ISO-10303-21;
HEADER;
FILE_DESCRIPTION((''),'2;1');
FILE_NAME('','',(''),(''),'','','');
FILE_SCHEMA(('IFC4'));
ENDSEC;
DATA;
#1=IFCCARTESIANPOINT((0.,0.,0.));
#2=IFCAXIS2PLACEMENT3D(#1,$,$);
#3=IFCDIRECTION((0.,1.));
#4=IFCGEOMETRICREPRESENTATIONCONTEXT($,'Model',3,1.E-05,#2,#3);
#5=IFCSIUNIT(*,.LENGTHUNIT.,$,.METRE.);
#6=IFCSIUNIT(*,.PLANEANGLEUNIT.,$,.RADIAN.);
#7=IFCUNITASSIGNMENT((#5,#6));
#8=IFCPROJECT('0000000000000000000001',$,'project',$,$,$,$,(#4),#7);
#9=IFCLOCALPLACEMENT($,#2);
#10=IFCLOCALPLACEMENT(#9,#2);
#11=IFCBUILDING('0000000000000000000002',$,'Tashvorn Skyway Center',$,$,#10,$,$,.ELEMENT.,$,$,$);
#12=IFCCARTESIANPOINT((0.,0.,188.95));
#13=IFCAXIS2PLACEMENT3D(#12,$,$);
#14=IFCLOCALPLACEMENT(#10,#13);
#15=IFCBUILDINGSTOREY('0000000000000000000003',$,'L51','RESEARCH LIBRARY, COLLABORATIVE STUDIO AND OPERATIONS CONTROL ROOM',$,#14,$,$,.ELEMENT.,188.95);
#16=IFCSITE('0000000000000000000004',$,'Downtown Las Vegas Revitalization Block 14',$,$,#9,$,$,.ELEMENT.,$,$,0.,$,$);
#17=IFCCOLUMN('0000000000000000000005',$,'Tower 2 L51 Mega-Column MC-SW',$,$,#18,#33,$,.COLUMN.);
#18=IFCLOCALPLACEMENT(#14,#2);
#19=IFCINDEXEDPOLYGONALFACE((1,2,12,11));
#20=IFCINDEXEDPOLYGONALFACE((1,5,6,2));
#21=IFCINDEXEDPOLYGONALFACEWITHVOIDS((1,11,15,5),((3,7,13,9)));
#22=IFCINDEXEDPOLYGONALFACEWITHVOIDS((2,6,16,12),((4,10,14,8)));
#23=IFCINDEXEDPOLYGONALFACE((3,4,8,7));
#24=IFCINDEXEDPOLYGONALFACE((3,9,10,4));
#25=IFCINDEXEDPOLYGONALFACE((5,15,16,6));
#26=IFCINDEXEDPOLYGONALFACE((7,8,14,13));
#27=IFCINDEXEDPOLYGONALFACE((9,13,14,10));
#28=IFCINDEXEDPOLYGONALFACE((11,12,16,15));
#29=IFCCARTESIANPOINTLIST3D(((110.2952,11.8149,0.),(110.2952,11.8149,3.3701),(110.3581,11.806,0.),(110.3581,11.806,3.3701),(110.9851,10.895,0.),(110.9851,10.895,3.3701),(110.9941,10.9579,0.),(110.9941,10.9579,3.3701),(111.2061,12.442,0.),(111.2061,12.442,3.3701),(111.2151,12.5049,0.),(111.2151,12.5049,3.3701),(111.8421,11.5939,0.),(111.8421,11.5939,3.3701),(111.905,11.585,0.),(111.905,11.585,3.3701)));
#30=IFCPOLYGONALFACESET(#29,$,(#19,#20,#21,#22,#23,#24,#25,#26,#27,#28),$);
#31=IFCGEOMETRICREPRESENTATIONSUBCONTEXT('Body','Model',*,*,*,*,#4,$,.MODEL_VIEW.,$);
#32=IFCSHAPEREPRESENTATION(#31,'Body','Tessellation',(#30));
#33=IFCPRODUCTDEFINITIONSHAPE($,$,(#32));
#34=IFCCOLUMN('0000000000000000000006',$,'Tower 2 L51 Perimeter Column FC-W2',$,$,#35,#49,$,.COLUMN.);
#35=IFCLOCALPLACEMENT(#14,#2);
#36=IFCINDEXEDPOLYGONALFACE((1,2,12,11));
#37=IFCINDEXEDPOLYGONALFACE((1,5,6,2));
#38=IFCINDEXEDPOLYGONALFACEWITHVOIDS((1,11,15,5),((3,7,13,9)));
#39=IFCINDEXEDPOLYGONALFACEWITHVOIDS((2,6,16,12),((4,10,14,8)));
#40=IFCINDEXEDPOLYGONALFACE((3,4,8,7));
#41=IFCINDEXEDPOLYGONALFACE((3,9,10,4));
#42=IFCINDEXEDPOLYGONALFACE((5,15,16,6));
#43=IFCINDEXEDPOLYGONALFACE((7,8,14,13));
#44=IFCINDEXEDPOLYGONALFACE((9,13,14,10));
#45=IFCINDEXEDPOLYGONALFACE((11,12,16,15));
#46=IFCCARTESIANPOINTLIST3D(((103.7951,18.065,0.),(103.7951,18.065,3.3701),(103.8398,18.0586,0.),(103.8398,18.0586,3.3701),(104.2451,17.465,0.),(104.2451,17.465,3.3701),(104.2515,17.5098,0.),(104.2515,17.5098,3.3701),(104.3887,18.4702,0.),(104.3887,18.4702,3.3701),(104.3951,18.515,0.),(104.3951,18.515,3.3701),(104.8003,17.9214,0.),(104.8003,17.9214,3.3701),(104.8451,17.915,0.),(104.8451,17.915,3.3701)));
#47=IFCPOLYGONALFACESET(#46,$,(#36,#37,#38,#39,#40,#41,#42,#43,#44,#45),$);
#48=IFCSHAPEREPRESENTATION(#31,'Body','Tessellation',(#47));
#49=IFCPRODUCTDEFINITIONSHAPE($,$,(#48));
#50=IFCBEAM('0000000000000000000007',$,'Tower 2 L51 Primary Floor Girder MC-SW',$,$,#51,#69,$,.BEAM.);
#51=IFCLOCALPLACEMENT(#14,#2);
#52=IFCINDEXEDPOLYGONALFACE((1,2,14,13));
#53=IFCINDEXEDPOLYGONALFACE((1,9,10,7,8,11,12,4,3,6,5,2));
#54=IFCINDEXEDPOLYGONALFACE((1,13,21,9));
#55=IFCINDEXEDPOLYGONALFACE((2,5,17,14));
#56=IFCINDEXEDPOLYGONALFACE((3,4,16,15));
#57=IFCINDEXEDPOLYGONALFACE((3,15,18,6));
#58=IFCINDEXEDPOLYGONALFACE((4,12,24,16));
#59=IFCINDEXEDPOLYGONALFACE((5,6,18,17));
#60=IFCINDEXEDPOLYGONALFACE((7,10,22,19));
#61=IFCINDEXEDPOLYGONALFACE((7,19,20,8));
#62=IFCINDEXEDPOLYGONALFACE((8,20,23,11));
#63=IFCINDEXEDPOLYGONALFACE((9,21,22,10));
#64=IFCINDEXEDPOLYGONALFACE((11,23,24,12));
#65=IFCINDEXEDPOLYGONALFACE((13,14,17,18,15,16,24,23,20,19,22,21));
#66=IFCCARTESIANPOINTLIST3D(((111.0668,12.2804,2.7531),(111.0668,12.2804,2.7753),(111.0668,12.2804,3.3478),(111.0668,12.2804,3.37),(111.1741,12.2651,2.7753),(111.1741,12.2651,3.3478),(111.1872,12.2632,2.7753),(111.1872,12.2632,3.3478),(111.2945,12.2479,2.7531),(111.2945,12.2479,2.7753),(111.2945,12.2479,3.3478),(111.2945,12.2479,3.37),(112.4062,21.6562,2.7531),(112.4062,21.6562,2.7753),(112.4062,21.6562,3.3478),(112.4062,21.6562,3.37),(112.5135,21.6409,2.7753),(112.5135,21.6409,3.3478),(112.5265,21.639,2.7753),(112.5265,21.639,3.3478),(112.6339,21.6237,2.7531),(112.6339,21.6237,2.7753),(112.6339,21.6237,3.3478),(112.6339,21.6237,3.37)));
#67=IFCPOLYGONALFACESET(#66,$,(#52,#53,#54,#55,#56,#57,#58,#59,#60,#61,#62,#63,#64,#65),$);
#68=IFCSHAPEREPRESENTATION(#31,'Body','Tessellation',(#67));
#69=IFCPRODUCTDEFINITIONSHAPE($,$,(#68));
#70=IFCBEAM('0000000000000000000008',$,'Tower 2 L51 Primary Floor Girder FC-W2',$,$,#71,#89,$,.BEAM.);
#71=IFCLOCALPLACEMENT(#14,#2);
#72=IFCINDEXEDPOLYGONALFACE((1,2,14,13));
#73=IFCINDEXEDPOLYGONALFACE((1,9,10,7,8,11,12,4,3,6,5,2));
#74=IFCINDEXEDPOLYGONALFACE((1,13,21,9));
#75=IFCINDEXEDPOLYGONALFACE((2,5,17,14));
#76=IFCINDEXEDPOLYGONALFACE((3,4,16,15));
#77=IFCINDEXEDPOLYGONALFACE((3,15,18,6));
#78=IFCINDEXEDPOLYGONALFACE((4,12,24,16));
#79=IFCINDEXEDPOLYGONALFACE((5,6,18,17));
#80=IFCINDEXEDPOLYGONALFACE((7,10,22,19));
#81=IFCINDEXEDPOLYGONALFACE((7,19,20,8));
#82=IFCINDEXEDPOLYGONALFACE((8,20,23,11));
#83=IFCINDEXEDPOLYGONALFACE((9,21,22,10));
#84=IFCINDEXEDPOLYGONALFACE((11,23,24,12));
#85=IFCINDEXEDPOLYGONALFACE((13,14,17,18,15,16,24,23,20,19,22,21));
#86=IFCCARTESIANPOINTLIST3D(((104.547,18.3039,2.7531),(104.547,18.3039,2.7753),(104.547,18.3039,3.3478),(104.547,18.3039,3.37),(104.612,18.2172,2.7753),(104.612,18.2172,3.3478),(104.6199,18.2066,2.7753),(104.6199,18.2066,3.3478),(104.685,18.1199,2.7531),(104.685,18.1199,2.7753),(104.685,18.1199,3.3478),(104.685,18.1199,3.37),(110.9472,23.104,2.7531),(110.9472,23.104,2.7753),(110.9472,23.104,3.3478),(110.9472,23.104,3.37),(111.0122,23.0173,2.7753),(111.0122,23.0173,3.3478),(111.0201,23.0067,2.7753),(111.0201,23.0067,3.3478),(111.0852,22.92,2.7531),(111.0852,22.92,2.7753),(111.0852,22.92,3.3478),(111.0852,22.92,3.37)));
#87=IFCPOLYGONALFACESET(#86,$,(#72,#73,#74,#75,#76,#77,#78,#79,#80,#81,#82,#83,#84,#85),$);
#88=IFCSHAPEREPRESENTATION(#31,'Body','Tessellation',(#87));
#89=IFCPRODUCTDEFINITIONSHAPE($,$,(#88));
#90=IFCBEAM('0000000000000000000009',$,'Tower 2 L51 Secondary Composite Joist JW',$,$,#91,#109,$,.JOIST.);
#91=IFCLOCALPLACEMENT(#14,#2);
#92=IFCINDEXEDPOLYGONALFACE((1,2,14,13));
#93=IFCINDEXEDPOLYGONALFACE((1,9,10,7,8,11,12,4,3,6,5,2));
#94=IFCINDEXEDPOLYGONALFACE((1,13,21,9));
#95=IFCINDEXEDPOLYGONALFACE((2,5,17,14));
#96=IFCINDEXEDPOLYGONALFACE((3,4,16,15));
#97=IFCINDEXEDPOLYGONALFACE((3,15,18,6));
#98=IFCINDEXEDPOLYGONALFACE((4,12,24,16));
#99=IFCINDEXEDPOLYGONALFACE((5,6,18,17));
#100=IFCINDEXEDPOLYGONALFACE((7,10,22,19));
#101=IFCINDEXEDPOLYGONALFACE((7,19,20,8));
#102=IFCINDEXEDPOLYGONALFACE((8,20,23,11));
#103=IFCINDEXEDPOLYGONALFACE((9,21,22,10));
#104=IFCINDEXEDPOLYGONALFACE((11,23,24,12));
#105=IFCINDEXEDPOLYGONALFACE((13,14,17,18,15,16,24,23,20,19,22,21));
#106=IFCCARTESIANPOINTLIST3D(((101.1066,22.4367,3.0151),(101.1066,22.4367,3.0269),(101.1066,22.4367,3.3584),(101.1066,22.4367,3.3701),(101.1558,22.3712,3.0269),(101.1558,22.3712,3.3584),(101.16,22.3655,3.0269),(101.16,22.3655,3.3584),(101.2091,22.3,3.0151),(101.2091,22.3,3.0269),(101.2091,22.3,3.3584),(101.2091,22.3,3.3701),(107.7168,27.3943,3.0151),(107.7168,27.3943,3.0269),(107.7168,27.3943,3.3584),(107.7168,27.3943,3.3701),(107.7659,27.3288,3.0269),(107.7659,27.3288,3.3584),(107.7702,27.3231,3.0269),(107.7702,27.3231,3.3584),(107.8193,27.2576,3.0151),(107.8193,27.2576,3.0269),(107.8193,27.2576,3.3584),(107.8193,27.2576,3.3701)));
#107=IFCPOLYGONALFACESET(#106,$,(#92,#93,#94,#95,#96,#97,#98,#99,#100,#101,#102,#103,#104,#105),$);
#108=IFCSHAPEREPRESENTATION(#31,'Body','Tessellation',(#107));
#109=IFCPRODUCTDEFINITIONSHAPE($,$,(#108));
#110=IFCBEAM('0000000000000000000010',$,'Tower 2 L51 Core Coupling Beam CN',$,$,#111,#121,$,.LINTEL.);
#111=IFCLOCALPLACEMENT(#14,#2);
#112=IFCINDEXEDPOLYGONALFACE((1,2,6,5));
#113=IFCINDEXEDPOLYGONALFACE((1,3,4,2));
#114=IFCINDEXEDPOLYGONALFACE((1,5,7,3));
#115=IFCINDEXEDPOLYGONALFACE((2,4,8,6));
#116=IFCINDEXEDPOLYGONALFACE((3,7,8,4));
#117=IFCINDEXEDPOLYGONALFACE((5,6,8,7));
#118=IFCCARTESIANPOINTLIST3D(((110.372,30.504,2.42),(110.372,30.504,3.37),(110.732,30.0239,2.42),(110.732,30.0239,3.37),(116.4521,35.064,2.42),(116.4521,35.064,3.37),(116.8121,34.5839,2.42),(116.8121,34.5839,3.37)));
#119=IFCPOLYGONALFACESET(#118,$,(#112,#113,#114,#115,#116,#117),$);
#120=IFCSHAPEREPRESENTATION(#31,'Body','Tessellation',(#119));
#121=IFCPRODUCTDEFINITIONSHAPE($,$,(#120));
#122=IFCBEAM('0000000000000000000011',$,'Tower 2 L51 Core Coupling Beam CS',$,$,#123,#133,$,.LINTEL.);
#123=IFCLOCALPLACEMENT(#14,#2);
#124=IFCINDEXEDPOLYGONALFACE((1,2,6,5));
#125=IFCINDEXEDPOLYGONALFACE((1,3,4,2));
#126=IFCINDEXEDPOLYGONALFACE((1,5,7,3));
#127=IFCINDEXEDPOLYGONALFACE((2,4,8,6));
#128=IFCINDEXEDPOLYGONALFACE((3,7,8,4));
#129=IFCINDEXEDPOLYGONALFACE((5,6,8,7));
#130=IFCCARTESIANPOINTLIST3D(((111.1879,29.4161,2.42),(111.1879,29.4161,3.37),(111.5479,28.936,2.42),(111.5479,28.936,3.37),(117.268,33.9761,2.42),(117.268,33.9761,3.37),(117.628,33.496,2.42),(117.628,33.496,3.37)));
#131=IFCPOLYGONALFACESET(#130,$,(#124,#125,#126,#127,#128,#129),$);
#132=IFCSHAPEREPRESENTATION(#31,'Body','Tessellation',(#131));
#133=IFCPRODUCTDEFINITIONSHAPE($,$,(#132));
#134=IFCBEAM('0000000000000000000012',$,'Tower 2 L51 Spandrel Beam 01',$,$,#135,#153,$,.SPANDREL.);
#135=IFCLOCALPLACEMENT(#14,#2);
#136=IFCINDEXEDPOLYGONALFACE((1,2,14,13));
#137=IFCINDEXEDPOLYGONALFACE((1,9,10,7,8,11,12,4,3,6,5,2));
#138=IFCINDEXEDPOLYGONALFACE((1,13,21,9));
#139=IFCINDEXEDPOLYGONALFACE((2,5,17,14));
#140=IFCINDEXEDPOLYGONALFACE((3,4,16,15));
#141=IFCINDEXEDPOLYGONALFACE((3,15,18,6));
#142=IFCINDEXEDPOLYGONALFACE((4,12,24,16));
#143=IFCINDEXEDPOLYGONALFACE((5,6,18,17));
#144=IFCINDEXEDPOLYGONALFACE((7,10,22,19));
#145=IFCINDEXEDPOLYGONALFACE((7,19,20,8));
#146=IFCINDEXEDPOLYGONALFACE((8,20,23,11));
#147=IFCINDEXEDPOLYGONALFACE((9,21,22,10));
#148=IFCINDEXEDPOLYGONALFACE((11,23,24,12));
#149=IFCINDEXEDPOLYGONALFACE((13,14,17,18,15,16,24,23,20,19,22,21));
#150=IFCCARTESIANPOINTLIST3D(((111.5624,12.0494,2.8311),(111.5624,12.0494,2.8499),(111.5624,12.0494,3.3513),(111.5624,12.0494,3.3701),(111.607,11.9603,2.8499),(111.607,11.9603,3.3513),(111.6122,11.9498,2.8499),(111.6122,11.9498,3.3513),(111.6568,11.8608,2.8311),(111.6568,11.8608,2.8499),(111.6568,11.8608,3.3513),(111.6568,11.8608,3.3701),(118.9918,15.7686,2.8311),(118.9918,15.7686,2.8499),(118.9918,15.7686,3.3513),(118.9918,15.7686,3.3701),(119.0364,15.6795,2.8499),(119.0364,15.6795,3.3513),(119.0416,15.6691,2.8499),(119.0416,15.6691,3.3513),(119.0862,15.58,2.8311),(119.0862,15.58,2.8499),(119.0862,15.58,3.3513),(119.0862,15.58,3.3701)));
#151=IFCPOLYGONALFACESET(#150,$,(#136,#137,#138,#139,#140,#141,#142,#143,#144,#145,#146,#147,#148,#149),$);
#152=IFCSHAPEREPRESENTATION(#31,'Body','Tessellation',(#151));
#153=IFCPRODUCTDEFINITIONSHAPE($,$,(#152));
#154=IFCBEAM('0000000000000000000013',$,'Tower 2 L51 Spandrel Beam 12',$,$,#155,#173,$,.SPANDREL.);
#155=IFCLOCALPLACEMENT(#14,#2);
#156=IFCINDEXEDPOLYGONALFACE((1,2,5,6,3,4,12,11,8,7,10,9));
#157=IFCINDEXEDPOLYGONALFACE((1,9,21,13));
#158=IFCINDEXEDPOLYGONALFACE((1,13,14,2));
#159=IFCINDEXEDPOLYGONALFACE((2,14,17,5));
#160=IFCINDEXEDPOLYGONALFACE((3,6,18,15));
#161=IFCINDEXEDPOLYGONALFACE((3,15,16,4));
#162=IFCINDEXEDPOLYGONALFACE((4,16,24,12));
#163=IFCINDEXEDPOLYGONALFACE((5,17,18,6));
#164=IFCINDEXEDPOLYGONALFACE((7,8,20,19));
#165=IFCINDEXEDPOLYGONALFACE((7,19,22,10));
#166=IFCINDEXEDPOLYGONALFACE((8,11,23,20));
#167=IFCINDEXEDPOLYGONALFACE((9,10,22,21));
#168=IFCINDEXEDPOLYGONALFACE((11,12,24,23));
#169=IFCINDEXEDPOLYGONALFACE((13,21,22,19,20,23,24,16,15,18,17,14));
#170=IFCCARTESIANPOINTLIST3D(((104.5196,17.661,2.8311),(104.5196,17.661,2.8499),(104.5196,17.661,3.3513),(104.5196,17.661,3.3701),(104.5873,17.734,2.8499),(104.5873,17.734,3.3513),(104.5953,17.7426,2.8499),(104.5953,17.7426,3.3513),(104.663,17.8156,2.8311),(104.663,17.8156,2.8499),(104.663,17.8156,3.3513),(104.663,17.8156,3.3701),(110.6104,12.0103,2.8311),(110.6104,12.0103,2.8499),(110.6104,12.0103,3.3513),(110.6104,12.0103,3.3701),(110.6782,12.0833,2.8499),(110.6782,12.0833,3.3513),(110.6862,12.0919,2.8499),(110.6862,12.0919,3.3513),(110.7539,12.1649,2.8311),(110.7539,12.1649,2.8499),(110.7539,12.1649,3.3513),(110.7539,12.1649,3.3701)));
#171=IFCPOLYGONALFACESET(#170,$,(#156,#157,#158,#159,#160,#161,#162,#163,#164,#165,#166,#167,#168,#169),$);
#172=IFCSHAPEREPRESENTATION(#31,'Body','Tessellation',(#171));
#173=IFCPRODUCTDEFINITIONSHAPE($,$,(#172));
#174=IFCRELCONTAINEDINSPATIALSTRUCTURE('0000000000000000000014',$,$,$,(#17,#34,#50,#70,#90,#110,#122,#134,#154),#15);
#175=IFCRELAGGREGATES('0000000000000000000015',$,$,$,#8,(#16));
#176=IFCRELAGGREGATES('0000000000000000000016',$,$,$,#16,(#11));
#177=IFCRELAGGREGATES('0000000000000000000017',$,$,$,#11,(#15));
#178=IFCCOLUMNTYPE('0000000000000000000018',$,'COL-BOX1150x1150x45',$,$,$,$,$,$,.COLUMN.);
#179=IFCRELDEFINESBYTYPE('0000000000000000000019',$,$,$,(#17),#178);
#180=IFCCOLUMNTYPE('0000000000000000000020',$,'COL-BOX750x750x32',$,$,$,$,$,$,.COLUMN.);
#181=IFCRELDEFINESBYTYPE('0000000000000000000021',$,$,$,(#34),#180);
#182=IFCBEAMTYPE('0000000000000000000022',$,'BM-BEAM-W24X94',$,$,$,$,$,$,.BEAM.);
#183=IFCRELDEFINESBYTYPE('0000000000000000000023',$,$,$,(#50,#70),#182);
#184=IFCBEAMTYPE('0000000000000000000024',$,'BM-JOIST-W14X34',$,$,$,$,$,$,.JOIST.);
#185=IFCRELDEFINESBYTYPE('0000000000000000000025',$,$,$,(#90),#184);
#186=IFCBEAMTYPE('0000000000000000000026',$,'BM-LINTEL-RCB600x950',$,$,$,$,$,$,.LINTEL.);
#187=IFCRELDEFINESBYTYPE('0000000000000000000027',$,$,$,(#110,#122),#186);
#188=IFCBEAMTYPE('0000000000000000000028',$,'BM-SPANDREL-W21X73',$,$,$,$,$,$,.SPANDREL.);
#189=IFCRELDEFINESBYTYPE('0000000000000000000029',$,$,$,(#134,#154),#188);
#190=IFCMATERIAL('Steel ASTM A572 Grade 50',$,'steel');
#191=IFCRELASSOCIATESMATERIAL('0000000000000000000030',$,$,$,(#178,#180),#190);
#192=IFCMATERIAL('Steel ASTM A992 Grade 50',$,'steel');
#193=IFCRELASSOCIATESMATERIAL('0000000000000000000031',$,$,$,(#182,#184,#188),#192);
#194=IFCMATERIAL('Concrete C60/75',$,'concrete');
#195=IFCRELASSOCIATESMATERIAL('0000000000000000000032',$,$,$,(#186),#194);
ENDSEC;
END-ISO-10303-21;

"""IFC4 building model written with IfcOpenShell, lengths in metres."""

from ifc_helpers import new_model, si_unit, direction, frame, origin, origin_2d, place, context, subcontext, project, spatial, rectangle, hollow_rectangle, i_section, extrude, material, material_profile, profile_set, type_object, element, save


model = new_model("IFC4")

# Units and contexts
model_context = context("Model", 3, precision=1e-05, world=origin(), true_north=direction((0.0, 1.0)))
body_context = subcontext(model_context, "Body", "Model", "MODEL_VIEW")
ifc_project = project(units=[si_unit("LENGTHUNIT", "METRE"), si_unit("PLANEANGLEUNIT", "RADIAN")], contexts=[model_context])

# Site, building, storey
site_placement = place(None, origin())
site = spatial("IfcSite", under=ifc_project, at=site_placement, Name="Downtown Las Vegas Revitalization Block 14", CompositionType="ELEMENT", RefElevation=0.0)
building_placement = place(site_placement, origin())
building = spatial("IfcBuilding", under=site, at=building_placement, Name="Tashvorn Skyway Center", CompositionType="ELEMENT")
storey_placement = place(building_placement, frame((0.0, 0.0, 188.95)))
storey = spatial("IfcBuildingStorey", under=building, at=storey_placement, Name="L51", Description="RESEARCH LIBRARY, COLLABORATIVE STUDIO AND OPERATIONS CONTROL ROOM", CompositionType="ELEMENT", Elevation=188.95)

# Columns
ifc_material_1 = material(Name="Steel ASTM A572 Grade 50", Category="steel")
ifc_material_profile_1 = material_profile(ifc_material_1, hollow_rectangle(XDim=1.1499, YDim=1.1499, WallThickness=0.0449, at=origin_2d()), Name="BOX1150x1150x45")
ifc_profile_set_1 = profile_set([ifc_material_profile_1], Name="Steel ASTM A572 Grade 50")
column_type_1 = type_object("IfcColumnType", Name="COL-BOX1150x1150x45", PredefinedType="COLUMN", material=ifc_profile_set_1)
column_1_placement = place(storey_placement, frame((111.1001, 11.7, 0.0), z_axis=(0.0, 0.0, 1.0), x_axis=(0.8, 0.6, 0.0)))
element("IfcColumn", 1, at=column_1_placement, inside=storey, type_object=column_type_1, Name="Tower 2 L51 Mega-Column MC-SW", PredefinedType="COLUMN", context=body_context, shape_type="SweptSolid", body=[
    extrude(hollow_rectangle(XDim=1.1499, YDim=1.1499, WallThickness=0.0449, at=origin_2d()), origin(), (0.0, 0.0, 1.0), 3.3701),
])
ifc_material_profile_2 = material_profile(ifc_material_1, hollow_rectangle(XDim=0.75, YDim=0.75, WallThickness=0.032, at=origin_2d()), Name="BOX750x750x32")
ifc_profile_set_2 = profile_set([ifc_material_profile_2], Name="Steel ASTM A572 Grade 50")
column_type_2 = type_object("IfcColumnType", Name="COL-BOX750x750x32", PredefinedType="COLUMN", material=ifc_profile_set_2)
column_2_placement = place(storey_placement, frame((104.3201, 17.99, 0.0), z_axis=(0.0, 0.0, 1.0), x_axis=(0.8, 0.6, 0.0)))
element("IfcColumn", 2, at=column_2_placement, inside=storey, type_object=column_type_2, Name="Tower 2 L51 Perimeter Column FC-W2", PredefinedType="COLUMN", context=body_context, shape_type="SweptSolid", body=[
    extrude(hollow_rectangle(XDim=0.75, YDim=0.75, WallThickness=0.032, at=origin_2d()), origin(), (0.0, 0.0, 1.0), 3.3701),
])

# Beams
ifc_material_2 = material(Name="Steel ASTM A992 Grade 50", Category="steel")
ifc_material_profile_3 = material_profile(ifc_material_2, i_section(OverallWidth=0.23, OverallDepth=0.6169, WebThickness=0.0132, FlangeThickness=0.0222, at=origin_2d()), Name="W24X94")
ifc_profile_set_3 = profile_set([ifc_material_profile_3], Name="Steel ASTM A992 Grade 50")
beam_type_1 = type_object("IfcBeamType", Name="BM-BEAM-W24X94", PredefinedType="BEAM", material=ifc_profile_set_3)
beam_1_placement = place(storey_placement, frame((111.1807, 12.2642, 3.0615), z_axis=(0.141418, 0.98995, 0.0), x_axis=(-0.98995, 0.141418, 0.0)))
element("IfcBeam", 3, at=beam_1_placement, inside=storey, type_object=beam_type_1, Name="Tower 2 L51 Primary Floor Girder MC-SW", PredefinedType="BEAM", context=body_context, shape_type="SweptSolid", body=[
    extrude(i_section(OverallWidth=0.23, OverallDepth=0.6169, WebThickness=0.0132, FlangeThickness=0.0222, at=origin_2d()), origin(), (0.0, 0.0, 1.0), 9.4709),
])
beam_2_placement = place(storey_placement, frame((104.616, 18.2119, 3.0615), z_axis=(0.800004, 0.599995, 0.0), x_axis=(-0.599995, 0.800004, 0.0)))
element("IfcBeam", 4, at=beam_2_placement, inside=storey, type_object=beam_type_1, Name="Tower 2 L51 Primary Floor Girder FC-W2", PredefinedType="BEAM", context=body_context, shape_type="SweptSolid", body=[
    extrude(i_section(OverallWidth=0.23, OverallDepth=0.6169, WebThickness=0.0132, FlangeThickness=0.0222, at=origin_2d()), origin(), (0.0, 0.0, 1.0), 8.0002),
])
ifc_material_profile_4 = material_profile(ifc_material_2, i_section(OverallWidth=0.1709, OverallDepth=0.355, WebThickness=0.0071, FlangeThickness=0.0117, at=origin_2d()), Name="W14X34")
ifc_profile_set_4 = profile_set([ifc_material_profile_4], Name="Steel ASTM A992 Grade 50")
beam_type_2 = type_object("IfcBeamType", Name="BM-JOIST-W14X34", PredefinedType="JOIST", material=ifc_profile_set_4)
beam_3_placement = place(storey_placement, frame((107.7681, 27.3259, 3.1926), z_axis=(-0.800004, -0.599995, 0.0), x_axis=(0.599995, -0.800004, 0.0)))
element("IfcBeam", 5, at=beam_3_placement, inside=storey, type_object=beam_type_2, Name="Tower 2 L51 Secondary Composite Joist JW", PredefinedType="JOIST", context=body_context, shape_type="SweptSolid", body=[
    extrude(i_section(OverallWidth=0.1709, OverallDepth=0.355, WebThickness=0.0071, FlangeThickness=0.0117, at=origin_2d()), origin(), (0.0, 0.0, 1.0), 8.2627),
])
ifc_material_3 = material(Name="Concrete C60/75", Category="concrete")
ifc_material_profile_5 = material_profile(ifc_material_3, rectangle(XDim=0.6001, YDim=0.95, at=origin_2d()), Name="RCB600x950")
ifc_profile_set_5 = profile_set([ifc_material_profile_5], Name="Concrete C60/75")
beam_type_3 = type_object("IfcBeamType", Name="BM-LINTEL-RCB600x950", PredefinedType="LINTEL", material=ifc_profile_set_5)
for number, where, z_axis, x_axis, name in (
    (6, (110.552, 30.2639, 2.895), (0.8, 0.6, 0.0), (-0.6, 0.8, 0.0), "Tower 2 L51 Core Coupling Beam CN"),
    (7, (111.3679, 29.176, 2.895), (0.8, 0.6, 0.0), (-0.6, 0.8, 0.0), "Tower 2 L51 Core Coupling Beam CS"),
):
    element("IfcBeam", number, at=place(storey_placement, frame(where, z_axis=z_axis, x_axis=x_axis)), inside=storey, type_object=beam_type_3, Name=name, PredefinedType="LINTEL", context=body_context, shape_type="SweptSolid", body=[
        extrude(rectangle(XDim=0.6001, YDim=0.95, at=origin_2d()), origin(), (0.0, 0.0, 1.0), 7.6001),
    ])
ifc_material_profile_6 = material_profile(ifc_material_2, i_section(OverallWidth=0.2109, OverallDepth=0.5391, WebThickness=0.0117, FlangeThickness=0.0188, at=origin_2d()), Name="W21X73")
ifc_profile_set_6 = profile_set([ifc_material_profile_6], Name="Steel ASTM A992 Grade 50")
beam_type_4 = type_object("IfcBeamType", Name="BM-SPANDREL-W21X73", PredefinedType="SPANDREL", material=ifc_profile_set_6)
for number, where, z_axis, x_axis, name in (
    (8, (111.6096, 11.9551, 3.1006), (0.89421, 0.447648, 0.0), (-0.447648, 0.89421, 0.0), "Tower 2 L51 Spandrel Beam 01"),
    (9, (104.5913, 17.7383, 3.1006), (0.733101, -0.68012, 0.0), (0.68012, 0.733101, 0.0), "Tower 2 L51 Spandrel Beam 12"),
):
    element("IfcBeam", number, at=place(storey_placement, frame(where, z_axis=z_axis, x_axis=x_axis)), inside=storey, type_object=beam_type_4, Name=name, PredefinedType="SPANDREL", context=body_context, shape_type="SweptSolid", body=[
        extrude(i_section(OverallWidth=0.2109, OverallDepth=0.5391, WebThickness=0.0117, FlangeThickness=0.0188, at=origin_2d()), origin(), (0.0, 0.0, 1.0), 8.3083),
    ])

save(model, "model.ifc")
